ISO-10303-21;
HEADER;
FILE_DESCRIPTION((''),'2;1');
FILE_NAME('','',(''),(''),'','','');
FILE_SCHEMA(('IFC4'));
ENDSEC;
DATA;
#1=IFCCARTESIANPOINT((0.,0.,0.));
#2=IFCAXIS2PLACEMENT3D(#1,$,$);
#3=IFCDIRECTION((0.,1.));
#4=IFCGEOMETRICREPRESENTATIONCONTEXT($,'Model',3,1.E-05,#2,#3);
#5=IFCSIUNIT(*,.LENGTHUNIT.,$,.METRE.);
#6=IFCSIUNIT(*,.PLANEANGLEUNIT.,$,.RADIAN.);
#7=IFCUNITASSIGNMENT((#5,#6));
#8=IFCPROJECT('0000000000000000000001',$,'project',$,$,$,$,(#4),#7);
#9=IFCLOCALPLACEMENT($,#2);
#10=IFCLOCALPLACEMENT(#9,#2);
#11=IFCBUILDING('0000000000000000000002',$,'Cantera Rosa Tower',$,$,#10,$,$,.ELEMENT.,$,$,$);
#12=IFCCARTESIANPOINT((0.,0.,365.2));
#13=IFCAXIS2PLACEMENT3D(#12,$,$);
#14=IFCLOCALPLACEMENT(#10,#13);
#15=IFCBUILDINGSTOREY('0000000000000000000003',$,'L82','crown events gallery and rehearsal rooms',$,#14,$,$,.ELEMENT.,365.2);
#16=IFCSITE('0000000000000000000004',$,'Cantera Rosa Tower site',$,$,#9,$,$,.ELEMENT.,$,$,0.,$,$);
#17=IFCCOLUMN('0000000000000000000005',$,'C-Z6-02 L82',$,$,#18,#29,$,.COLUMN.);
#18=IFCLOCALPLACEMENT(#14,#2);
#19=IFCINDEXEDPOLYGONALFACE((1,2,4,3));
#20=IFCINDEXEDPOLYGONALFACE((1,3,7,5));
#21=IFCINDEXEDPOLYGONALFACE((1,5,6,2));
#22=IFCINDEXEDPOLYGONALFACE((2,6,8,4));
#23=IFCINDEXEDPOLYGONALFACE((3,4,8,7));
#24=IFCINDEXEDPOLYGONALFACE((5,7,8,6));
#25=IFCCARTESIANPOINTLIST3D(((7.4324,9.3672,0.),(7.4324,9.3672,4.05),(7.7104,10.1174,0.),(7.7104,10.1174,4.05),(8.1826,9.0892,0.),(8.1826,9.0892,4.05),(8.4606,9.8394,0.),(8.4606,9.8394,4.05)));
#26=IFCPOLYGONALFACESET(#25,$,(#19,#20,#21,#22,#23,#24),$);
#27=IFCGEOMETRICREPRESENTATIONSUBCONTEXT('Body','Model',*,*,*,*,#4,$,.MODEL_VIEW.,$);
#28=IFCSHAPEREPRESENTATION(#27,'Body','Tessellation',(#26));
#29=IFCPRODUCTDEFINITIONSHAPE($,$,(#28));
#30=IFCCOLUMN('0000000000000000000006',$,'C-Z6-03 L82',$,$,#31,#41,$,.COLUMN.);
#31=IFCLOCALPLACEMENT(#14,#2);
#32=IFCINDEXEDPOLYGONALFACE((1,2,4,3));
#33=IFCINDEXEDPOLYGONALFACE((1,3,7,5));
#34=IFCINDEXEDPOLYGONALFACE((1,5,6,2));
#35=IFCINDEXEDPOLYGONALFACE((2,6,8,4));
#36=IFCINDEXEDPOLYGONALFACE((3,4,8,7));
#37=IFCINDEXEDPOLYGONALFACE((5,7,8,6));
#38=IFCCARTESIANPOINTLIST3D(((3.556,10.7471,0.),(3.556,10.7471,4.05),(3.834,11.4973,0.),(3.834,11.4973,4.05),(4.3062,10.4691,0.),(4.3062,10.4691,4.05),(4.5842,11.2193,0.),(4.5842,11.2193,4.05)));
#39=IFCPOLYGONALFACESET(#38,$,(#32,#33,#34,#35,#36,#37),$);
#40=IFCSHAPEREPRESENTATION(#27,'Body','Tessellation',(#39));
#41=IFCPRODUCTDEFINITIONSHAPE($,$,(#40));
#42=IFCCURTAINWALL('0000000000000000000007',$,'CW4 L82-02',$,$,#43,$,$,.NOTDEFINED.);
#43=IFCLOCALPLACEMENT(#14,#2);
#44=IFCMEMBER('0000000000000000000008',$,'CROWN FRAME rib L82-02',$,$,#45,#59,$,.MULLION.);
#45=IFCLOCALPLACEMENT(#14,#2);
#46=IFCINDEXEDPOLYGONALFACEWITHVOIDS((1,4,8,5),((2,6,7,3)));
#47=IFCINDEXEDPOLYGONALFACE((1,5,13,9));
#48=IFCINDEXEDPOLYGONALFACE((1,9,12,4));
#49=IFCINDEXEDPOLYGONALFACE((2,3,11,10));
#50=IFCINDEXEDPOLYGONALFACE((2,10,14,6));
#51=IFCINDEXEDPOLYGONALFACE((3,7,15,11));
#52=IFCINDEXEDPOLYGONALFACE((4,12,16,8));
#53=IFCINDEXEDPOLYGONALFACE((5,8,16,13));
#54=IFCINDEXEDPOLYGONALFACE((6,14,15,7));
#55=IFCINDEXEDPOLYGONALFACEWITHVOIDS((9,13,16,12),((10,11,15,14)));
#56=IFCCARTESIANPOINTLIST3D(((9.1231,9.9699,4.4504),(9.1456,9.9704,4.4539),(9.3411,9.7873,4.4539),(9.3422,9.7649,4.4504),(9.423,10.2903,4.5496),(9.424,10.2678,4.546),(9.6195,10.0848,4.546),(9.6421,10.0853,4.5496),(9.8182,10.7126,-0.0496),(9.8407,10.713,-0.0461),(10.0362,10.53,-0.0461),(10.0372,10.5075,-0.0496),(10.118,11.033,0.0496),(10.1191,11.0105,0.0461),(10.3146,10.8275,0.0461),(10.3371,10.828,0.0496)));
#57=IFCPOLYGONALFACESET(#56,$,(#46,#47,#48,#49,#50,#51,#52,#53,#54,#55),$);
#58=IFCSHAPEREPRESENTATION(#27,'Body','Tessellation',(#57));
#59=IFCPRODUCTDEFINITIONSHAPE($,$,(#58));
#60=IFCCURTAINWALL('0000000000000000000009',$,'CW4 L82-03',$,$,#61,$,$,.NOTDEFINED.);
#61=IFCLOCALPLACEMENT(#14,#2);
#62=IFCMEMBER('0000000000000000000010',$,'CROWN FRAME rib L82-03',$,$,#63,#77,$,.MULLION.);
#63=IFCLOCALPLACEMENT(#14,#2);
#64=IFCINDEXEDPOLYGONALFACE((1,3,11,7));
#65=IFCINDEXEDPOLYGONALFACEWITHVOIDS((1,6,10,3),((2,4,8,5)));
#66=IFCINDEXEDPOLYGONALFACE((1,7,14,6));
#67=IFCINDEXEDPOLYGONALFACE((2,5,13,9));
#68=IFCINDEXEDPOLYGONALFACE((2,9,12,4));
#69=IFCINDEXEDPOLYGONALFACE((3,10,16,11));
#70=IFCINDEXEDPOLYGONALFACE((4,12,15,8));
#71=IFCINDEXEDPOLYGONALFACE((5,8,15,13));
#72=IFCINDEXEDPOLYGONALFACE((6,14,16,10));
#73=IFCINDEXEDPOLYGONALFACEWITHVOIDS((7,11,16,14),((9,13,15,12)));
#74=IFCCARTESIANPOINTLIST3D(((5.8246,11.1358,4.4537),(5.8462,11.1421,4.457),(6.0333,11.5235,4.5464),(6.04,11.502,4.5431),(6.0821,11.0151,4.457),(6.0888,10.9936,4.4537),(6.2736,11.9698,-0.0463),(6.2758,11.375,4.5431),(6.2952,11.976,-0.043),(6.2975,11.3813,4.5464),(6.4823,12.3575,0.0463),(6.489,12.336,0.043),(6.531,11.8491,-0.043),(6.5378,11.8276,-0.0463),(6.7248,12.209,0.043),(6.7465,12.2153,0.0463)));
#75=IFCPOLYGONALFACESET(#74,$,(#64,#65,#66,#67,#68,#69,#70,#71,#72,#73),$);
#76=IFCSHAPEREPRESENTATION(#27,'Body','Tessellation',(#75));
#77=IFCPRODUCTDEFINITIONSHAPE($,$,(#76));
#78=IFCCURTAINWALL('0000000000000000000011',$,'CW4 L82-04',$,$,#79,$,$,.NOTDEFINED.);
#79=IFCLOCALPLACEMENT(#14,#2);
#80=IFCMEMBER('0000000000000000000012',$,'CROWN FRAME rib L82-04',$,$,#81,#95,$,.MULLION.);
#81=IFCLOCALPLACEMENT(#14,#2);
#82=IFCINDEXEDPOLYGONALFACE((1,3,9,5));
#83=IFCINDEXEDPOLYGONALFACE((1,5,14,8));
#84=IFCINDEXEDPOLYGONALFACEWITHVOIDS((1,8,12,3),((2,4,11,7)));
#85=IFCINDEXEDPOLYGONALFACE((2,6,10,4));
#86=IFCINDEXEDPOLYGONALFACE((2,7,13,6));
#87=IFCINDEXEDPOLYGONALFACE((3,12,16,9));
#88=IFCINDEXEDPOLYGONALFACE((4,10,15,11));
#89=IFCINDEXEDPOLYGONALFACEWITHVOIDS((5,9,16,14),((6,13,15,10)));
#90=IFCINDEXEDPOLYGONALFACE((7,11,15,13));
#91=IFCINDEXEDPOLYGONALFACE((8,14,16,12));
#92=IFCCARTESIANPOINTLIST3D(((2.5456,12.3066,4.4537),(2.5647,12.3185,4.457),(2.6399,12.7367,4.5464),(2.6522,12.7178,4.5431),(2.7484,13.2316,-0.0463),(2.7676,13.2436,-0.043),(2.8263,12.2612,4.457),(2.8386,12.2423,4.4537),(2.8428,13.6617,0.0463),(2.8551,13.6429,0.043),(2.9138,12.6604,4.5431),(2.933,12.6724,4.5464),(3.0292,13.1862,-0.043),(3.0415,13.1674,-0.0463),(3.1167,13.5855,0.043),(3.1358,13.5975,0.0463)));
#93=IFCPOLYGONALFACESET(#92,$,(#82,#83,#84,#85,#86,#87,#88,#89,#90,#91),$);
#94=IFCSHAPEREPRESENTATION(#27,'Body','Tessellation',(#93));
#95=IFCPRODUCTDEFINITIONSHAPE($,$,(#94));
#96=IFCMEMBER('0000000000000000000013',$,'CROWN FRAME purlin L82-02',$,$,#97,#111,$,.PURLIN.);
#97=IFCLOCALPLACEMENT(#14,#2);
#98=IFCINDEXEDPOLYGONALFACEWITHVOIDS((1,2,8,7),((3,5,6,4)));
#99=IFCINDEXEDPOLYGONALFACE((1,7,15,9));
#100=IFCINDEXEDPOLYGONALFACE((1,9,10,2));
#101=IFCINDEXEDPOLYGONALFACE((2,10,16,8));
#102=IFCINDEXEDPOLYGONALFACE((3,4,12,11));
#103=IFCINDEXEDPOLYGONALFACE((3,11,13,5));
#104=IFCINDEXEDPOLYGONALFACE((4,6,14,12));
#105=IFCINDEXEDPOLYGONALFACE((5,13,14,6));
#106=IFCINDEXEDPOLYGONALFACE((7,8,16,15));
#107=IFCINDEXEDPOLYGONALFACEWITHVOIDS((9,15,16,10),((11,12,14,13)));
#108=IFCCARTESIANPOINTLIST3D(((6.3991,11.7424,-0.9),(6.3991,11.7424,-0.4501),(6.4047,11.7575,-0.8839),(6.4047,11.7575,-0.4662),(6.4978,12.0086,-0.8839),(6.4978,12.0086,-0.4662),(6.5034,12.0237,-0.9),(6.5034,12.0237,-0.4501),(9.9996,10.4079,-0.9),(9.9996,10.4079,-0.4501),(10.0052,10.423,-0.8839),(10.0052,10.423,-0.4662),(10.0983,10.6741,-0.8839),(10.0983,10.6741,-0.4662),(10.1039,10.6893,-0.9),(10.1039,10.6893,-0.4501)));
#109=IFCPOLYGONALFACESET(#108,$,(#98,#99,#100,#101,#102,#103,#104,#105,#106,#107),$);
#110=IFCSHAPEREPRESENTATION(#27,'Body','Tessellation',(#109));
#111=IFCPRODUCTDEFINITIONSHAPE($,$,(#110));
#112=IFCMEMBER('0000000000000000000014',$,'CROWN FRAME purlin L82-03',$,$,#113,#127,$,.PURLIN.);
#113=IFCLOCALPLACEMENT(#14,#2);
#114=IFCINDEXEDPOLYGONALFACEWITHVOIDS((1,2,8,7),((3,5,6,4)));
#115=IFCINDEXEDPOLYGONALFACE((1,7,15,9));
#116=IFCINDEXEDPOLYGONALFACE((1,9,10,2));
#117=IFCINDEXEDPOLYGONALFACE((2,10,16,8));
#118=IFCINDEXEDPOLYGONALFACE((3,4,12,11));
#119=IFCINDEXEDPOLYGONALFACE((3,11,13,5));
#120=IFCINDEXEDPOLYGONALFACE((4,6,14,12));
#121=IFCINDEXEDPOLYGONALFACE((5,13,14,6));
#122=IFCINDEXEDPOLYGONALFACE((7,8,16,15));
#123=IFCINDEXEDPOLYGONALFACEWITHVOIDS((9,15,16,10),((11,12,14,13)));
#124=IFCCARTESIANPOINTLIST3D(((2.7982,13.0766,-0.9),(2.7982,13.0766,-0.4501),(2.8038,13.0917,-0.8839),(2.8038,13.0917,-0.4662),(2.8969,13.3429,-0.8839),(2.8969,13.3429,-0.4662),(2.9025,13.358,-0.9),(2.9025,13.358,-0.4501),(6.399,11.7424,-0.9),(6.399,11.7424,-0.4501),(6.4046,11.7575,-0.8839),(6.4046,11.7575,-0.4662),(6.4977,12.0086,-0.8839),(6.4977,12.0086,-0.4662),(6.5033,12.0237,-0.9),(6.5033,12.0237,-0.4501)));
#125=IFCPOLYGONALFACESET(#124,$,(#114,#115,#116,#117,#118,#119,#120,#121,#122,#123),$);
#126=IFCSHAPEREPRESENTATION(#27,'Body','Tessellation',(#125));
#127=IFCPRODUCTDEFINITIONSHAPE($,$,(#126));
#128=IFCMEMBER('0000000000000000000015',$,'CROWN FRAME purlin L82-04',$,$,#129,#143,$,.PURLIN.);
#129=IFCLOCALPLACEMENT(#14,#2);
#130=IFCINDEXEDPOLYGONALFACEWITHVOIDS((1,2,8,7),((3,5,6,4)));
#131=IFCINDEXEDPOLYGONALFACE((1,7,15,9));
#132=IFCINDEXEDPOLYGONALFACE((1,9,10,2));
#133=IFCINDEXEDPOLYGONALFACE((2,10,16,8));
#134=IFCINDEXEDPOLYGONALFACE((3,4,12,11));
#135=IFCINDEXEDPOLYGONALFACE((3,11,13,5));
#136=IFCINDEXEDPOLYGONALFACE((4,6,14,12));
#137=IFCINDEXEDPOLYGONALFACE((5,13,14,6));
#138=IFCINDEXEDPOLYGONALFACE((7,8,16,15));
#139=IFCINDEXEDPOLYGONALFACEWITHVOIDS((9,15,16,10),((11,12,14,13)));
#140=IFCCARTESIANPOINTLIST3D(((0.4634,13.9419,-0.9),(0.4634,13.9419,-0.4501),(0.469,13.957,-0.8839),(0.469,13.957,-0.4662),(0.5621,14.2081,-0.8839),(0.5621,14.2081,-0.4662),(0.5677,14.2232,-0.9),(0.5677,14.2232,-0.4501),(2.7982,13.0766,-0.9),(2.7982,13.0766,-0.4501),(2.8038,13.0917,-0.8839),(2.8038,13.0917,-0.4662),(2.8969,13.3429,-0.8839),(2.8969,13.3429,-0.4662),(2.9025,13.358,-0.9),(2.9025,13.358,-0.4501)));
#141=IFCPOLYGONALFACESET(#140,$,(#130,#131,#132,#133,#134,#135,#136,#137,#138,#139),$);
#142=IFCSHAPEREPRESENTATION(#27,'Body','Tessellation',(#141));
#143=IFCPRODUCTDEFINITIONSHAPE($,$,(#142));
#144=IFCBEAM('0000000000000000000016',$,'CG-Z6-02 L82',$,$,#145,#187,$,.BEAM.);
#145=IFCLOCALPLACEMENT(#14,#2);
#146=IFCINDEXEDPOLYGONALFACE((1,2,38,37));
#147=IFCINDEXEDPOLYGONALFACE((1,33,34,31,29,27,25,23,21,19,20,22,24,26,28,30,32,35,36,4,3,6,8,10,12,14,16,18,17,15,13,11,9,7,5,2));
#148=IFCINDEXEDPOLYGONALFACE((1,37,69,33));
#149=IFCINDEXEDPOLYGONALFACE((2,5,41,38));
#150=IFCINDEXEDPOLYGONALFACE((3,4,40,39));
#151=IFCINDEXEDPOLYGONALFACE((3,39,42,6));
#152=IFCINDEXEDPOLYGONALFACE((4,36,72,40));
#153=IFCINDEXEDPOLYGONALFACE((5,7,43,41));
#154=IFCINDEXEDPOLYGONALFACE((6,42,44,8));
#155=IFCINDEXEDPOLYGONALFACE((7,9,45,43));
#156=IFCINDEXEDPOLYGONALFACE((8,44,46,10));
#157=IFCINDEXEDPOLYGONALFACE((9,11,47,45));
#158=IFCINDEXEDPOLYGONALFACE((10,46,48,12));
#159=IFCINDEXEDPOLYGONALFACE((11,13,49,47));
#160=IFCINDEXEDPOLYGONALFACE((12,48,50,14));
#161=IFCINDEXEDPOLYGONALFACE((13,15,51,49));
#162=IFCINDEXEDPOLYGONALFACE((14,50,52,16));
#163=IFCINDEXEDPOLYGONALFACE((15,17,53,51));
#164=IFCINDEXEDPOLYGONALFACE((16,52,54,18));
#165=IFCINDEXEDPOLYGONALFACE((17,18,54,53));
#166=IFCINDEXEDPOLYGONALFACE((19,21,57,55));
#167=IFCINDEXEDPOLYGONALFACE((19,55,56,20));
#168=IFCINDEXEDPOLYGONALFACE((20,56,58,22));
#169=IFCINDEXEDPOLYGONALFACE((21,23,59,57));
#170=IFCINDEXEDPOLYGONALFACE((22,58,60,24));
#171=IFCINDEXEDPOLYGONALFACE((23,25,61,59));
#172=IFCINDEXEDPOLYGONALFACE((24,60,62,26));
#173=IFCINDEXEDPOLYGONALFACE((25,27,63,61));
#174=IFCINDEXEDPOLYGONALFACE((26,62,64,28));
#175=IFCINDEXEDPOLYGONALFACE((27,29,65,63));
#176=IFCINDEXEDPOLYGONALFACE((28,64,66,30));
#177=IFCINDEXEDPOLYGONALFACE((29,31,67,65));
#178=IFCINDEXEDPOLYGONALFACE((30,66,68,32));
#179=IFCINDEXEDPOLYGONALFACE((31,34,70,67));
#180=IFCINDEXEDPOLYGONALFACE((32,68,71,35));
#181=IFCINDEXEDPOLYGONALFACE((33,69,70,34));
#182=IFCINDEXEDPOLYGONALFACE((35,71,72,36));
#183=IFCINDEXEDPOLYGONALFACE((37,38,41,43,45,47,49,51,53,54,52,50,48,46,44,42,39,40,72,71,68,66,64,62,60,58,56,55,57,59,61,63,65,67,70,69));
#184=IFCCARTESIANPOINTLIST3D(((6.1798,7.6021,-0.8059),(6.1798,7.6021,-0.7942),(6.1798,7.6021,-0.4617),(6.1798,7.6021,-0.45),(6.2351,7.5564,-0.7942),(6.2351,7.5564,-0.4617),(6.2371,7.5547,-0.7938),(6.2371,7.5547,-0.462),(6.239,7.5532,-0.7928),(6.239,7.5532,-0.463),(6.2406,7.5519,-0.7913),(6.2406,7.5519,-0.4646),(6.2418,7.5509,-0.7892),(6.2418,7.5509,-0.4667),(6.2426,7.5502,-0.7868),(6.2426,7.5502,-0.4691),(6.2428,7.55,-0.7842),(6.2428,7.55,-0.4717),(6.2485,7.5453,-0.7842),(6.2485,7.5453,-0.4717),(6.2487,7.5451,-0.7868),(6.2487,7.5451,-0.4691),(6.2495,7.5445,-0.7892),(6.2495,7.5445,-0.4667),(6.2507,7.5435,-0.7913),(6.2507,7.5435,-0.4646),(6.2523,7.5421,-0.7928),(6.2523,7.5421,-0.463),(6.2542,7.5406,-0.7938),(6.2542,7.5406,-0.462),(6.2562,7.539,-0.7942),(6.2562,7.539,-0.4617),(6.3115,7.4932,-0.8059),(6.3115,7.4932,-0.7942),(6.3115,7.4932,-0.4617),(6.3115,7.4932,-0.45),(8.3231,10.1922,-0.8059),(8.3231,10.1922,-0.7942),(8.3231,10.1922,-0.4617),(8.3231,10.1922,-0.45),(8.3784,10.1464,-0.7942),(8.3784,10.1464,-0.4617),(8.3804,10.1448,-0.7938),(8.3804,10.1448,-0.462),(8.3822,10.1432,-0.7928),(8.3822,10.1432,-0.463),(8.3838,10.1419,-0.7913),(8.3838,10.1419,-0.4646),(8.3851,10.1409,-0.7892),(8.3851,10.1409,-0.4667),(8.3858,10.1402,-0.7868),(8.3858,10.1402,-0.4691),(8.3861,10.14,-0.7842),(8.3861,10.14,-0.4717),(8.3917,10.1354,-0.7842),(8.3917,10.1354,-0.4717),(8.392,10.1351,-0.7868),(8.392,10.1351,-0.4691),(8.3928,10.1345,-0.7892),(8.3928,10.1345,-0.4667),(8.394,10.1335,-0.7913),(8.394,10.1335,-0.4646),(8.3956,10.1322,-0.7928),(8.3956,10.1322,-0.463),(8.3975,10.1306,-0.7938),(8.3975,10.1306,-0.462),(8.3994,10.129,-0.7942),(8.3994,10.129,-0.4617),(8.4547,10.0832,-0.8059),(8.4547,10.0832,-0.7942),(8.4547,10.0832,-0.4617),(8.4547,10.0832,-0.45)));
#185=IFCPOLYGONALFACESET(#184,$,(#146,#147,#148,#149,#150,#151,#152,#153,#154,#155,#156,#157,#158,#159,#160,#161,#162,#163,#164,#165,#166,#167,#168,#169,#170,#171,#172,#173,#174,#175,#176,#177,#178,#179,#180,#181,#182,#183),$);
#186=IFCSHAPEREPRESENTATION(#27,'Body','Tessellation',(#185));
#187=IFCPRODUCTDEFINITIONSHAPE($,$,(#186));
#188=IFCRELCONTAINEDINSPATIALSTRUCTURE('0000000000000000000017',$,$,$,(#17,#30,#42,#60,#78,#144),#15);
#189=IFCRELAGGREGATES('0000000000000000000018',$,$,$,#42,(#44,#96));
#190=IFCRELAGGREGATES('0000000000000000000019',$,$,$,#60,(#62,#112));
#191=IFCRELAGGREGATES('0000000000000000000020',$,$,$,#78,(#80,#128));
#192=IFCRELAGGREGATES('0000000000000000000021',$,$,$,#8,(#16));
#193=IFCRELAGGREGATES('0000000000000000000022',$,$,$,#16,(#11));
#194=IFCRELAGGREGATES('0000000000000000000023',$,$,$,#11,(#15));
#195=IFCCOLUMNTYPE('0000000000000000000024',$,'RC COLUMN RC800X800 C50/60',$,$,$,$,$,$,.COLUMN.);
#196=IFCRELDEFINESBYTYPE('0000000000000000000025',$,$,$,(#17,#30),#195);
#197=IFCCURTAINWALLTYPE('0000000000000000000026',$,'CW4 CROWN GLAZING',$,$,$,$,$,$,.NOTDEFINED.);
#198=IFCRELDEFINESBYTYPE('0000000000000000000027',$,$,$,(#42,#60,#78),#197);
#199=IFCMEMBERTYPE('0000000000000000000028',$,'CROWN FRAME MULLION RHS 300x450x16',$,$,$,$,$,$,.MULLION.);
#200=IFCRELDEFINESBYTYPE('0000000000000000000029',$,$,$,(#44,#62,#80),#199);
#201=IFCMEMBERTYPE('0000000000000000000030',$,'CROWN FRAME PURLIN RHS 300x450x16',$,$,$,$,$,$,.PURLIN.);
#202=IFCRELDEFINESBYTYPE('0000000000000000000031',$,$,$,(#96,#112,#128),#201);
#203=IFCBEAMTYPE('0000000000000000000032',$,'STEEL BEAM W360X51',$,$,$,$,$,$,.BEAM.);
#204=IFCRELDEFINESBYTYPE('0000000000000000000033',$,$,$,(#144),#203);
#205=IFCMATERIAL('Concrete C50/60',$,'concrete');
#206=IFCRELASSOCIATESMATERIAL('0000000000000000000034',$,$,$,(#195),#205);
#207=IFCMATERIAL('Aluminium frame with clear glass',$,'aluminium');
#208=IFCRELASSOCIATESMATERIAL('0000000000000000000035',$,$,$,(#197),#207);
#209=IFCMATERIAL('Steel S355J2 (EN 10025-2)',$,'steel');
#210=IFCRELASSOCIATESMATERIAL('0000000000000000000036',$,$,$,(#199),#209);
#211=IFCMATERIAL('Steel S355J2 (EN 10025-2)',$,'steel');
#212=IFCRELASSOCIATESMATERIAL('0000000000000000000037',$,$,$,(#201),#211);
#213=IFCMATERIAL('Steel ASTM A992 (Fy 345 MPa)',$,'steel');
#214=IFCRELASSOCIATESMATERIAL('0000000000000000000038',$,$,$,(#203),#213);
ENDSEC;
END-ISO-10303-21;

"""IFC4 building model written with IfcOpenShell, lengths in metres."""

from ifc_helpers import new_model, si_unit, direction, frame, origin, origin_2d, place, context, subcontext, project, spatial, rectangle, hollow_rectangle, i_section, extrude, material, material_profile, profile_set, type_object, element, aggregate, save


model = new_model("IFC4")

# Units and contexts
model_context = context("Model", 3, precision=1e-05, world=origin(), true_north=direction((0.0, 1.0)))
body_context = subcontext(model_context, "Body", "Model", "MODEL_VIEW")
ifc_project = project(units=[si_unit("LENGTHUNIT", "METRE"), si_unit("PLANEANGLEUNIT", "RADIAN")], contexts=[model_context])

# Site, building, storey
site_placement = place(None, origin())
site = spatial("IfcSite", under=ifc_project, at=site_placement, Name="Cantera Rosa Tower site", CompositionType="ELEMENT", RefElevation=0.0)
building_placement = place(site_placement, origin())
building = spatial("IfcBuilding", under=site, at=building_placement, Name="Cantera Rosa Tower", CompositionType="ELEMENT")
storey_placement = place(building_placement, frame((0.0, 0.0, 365.2)))
storey = spatial("IfcBuildingStorey", under=building, at=storey_placement, Name="L82", Description="crown events gallery and rehearsal rooms", CompositionType="ELEMENT", Elevation=365.2)

# Columns
ifc_material_1 = material(Name="Concrete C50/60", Category="concrete")
ifc_material_profile_1 = material_profile(ifc_material_1, rectangle(XDim=0.8, YDim=0.8, at=origin_2d()), Name="RC COLUMN RC800X800 C50/60")
ifc_profile_set_1 = profile_set([ifc_material_profile_1], Name="Concrete C50/60")
column_type = type_object("IfcColumnType", Name="RC COLUMN RC800X800 C50/60", PredefinedType="COLUMN", material=ifc_profile_set_1)
for number, where, z_axis, x_axis, name in (
    (1, (7.9465, 9.6033, 0.0), (0.0, 0.0, 1.0), (0.347481, 0.937687, 0.0), "C-Z6-02 L82"),
    (2, (4.0701, 10.9832, 0.0), (0.0, 0.0, 1.0), (0.347481, 0.937687, 0.0), "C-Z6-03 L82"),
):
    element("IfcColumn", number, at=place(storey_placement, frame(where, z_axis=z_axis, x_axis=x_axis)), inside=storey, type_object=column_type, Name=name, PredefinedType="COLUMN", context=body_context, shape_type="SweptSolid", body=[
        extrude(rectangle(XDim=0.8, YDim=0.8, at=origin_2d()), origin(), (0.0, 0.0, 1.0), 4.05),
    ])

# Curtain walls, members
ifc_material_2 = material(Name="Aluminium frame with clear glass", Category="aluminium")
curtain_wall_type = type_object("IfcCurtainWallType", Name="CW4 CROWN GLAZING", PredefinedType="NOTDEFINED", material=ifc_material_2)
curtain_wall_1_placement = place(storey_placement, origin())
curtain_wall_1 = element("IfcCurtainWall", 3, at=curtain_wall_1_placement, inside=storey, type_object=curtain_wall_type, Name="CW4 L82-02", PredefinedType="NOTDEFINED")
ifc_material_3 = material(Name="Steel S355J2 (EN 10025-2)", Category="steel")
ifc_material_profile_2 = material_profile(ifc_material_3, hollow_rectangle(XDim=0.3, YDim=0.45, WallThickness=0.0161, at=origin_2d()), Name="CROWN FRAME MULLION RHS 300x450x16")
ifc_profile_set_2 = profile_set([ifc_material_profile_2], Name="Steel S355J2 (EN 10025-2)")
member_type_1 = type_object("IfcMemberType", Name="CROWN FRAME MULLION RHS 300x450x16", PredefinedType="MULLION", material=ifc_profile_set_2)
member_1_placement = place(storey_placement, frame((10.0776, 10.7703, 0.0), z_axis=(-0.150659, -0.160978, 0.975391), x_axis=(0.730121, -0.683318, 0.0)))
member_1 = element("IfcMember", 4, at=member_1_placement, type_object=member_type_1, Name="CROWN FRAME rib L82-02", PredefinedType="MULLION", context=body_context, shape_type="SweptSolid", body=[
    extrude(hollow_rectangle(XDim=0.3, YDim=0.45, WallThickness=0.0161, at=origin_2d()), origin(), (0.0, 0.0, 1.0), 4.6135),
])
curtain_wall_2_placement = place(storey_placement, origin())
curtain_wall_2 = element("IfcCurtainWall", 5, at=curtain_wall_2_placement, inside=storey, type_object=curtain_wall_type, Name="CW4 L82-03", PredefinedType="NOTDEFINED")
member_2_placement = place(storey_placement, frame((6.51, 12.0925, 0.0), z_axis=(-0.097633, -0.181356, 0.978559), x_axis=(0.880512, -0.474023, 0.0)))
member_2 = element("IfcMember", 6, at=member_2_placement, type_object=member_type_1, Name="CROWN FRAME rib L82-03", PredefinedType="MULLION", context=body_context, shape_type="SweptSolid", body=[
    extrude(hollow_rectangle(XDim=0.3, YDim=0.45, WallThickness=0.0161, at=origin_2d()), origin(), (0.0, 0.0, 1.0), 4.5986),
])
curtain_wall_3_placement = place(storey_placement, origin())
curtain_wall_3 = element("IfcCurtainWall", 7, at=curtain_wall_3_placement, inside=storey, type_object=curtain_wall_type, Name="CW4 L82-04", PredefinedType="NOTDEFINED")
member_3_placement = place(storey_placement, frame((2.9421, 13.4146, 0.0), z_axis=(-0.044118, -0.20116, 0.978564), x_axis=(0.976784, -0.214227, 0.0)))
member_3 = element("IfcMember", 8, at=member_3_placement, type_object=member_type_1, Name="CROWN FRAME rib L82-04", PredefinedType="MULLION", context=body_context, shape_type="SweptSolid", body=[
    extrude(hollow_rectangle(XDim=0.3, YDim=0.45, WallThickness=0.0161, at=origin_2d()), origin(), (0.0, 0.0, 1.0), 4.5986),
])

# Members
ifc_material_4 = material(Name="Steel S355J2 (EN 10025-2)", Category="steel")
ifc_material_profile_3 = material_profile(ifc_material_4, hollow_rectangle(XDim=0.3, YDim=0.45, WallThickness=0.0161, at=origin_2d()), Name="CROWN FRAME PURLIN RHS 300x450x16")
ifc_profile_set_3 = profile_set([ifc_material_profile_3], Name="Steel S355J2 (EN 10025-2)")
member_type_2 = type_object("IfcMemberType", Name="CROWN FRAME PURLIN RHS 300x450x16", PredefinedType="PURLIN", material=ifc_profile_set_3)
member_4_placement = place(storey_placement, frame((10.0518, 10.5486, -0.675), z_axis=(-0.937671, 0.347526, 0.0), x_axis=(-0.347526, -0.937671, 0.0)))
member_4 = element("IfcMember", 9, at=member_4_placement, type_object=member_type_2, Name="CROWN FRAME purlin L82-02", PredefinedType="PURLIN", context=body_context, shape_type="SweptSolid", body=[
    extrude(hollow_rectangle(XDim=0.3, YDim=0.45, WallThickness=0.0161, at=origin_2d()), origin(), (0.0, 0.0, 1.0), 3.8398),
])
member_5_placement = place(storey_placement, frame((6.4512, 11.8831, -0.675), z_axis=(-0.937699, 0.347449, 0.0), x_axis=(-0.347449, -0.937699, 0.0)))
member_5 = element("IfcMember", 10, at=member_5_placement, type_object=member_type_2, Name="CROWN FRAME purlin L82-03", PredefinedType="PURLIN", context=body_context, shape_type="SweptSolid", body=[
    extrude(hollow_rectangle(XDim=0.3, YDim=0.45, WallThickness=0.0161, at=origin_2d()), origin(), (0.0, 0.0, 1.0), 3.8401),
])
member_6_placement = place(storey_placement, frame((2.8503, 13.2173, -0.675), z_axis=(-0.93768, 0.3475, 0.0), x_axis=(-0.3475, -0.93768, 0.0)))
member_6 = element("IfcMember", 11, at=member_6_placement, type_object=member_type_2, Name="CROWN FRAME purlin L82-04", PredefinedType="PURLIN", context=body_context, shape_type="SweptSolid", body=[
    extrude(hollow_rectangle(XDim=0.3, YDim=0.45, WallThickness=0.0161, at=origin_2d()), origin(), (0.0, 0.0, 1.0), 2.49),
])

# Beam
ifc_material_5 = material(Name="Steel ASTM A992 (Fy 345 MPa)", Category="steel")
ifc_material_profile_4 = material_profile(ifc_material_5, i_section(OverallWidth=0.1709, OverallDepth=0.356, WebThickness=0.0073, FlangeThickness=0.0117, FilletRadius=0.01, at=origin_2d()), Name="W360X51")
ifc_profile_set_4 = profile_set([ifc_material_profile_4], Name="Steel ASTM A992 (Fy 345 MPa)")
beam_type_1 = type_object("IfcBeamType", Name="STEEL BEAM W360X51", PredefinedType="BEAM", material=ifc_profile_set_4)
beam_1_placement = place(storey_placement, frame((8.3889, 10.1377, -0.6279), z_axis=(-0.637531, -0.770425, 0.0), x_axis=(0.770425, -0.637531, 0.0)))
element("IfcBeam", 12, at=beam_1_placement, inside=storey, type_object=beam_type_1, Name="CG-Z6-02 L82", PredefinedType="BEAM", context=body_context, shape_type="SweptSolid", body=[
    extrude(i_section(OverallWidth=0.1709, OverallDepth=0.356, WebThickness=0.0073, FlangeThickness=0.0117, FilletRadius=0.01, at=origin_2d()), origin(), (0.0, 0.0, 1.0), 3.3618),
])

aggregate(curtain_wall_1, [member_1, member_4])
aggregate(curtain_wall_2, [member_2, member_5])
aggregate(curtain_wall_3, [member_3, member_6])

save(model, "model.ifc")
